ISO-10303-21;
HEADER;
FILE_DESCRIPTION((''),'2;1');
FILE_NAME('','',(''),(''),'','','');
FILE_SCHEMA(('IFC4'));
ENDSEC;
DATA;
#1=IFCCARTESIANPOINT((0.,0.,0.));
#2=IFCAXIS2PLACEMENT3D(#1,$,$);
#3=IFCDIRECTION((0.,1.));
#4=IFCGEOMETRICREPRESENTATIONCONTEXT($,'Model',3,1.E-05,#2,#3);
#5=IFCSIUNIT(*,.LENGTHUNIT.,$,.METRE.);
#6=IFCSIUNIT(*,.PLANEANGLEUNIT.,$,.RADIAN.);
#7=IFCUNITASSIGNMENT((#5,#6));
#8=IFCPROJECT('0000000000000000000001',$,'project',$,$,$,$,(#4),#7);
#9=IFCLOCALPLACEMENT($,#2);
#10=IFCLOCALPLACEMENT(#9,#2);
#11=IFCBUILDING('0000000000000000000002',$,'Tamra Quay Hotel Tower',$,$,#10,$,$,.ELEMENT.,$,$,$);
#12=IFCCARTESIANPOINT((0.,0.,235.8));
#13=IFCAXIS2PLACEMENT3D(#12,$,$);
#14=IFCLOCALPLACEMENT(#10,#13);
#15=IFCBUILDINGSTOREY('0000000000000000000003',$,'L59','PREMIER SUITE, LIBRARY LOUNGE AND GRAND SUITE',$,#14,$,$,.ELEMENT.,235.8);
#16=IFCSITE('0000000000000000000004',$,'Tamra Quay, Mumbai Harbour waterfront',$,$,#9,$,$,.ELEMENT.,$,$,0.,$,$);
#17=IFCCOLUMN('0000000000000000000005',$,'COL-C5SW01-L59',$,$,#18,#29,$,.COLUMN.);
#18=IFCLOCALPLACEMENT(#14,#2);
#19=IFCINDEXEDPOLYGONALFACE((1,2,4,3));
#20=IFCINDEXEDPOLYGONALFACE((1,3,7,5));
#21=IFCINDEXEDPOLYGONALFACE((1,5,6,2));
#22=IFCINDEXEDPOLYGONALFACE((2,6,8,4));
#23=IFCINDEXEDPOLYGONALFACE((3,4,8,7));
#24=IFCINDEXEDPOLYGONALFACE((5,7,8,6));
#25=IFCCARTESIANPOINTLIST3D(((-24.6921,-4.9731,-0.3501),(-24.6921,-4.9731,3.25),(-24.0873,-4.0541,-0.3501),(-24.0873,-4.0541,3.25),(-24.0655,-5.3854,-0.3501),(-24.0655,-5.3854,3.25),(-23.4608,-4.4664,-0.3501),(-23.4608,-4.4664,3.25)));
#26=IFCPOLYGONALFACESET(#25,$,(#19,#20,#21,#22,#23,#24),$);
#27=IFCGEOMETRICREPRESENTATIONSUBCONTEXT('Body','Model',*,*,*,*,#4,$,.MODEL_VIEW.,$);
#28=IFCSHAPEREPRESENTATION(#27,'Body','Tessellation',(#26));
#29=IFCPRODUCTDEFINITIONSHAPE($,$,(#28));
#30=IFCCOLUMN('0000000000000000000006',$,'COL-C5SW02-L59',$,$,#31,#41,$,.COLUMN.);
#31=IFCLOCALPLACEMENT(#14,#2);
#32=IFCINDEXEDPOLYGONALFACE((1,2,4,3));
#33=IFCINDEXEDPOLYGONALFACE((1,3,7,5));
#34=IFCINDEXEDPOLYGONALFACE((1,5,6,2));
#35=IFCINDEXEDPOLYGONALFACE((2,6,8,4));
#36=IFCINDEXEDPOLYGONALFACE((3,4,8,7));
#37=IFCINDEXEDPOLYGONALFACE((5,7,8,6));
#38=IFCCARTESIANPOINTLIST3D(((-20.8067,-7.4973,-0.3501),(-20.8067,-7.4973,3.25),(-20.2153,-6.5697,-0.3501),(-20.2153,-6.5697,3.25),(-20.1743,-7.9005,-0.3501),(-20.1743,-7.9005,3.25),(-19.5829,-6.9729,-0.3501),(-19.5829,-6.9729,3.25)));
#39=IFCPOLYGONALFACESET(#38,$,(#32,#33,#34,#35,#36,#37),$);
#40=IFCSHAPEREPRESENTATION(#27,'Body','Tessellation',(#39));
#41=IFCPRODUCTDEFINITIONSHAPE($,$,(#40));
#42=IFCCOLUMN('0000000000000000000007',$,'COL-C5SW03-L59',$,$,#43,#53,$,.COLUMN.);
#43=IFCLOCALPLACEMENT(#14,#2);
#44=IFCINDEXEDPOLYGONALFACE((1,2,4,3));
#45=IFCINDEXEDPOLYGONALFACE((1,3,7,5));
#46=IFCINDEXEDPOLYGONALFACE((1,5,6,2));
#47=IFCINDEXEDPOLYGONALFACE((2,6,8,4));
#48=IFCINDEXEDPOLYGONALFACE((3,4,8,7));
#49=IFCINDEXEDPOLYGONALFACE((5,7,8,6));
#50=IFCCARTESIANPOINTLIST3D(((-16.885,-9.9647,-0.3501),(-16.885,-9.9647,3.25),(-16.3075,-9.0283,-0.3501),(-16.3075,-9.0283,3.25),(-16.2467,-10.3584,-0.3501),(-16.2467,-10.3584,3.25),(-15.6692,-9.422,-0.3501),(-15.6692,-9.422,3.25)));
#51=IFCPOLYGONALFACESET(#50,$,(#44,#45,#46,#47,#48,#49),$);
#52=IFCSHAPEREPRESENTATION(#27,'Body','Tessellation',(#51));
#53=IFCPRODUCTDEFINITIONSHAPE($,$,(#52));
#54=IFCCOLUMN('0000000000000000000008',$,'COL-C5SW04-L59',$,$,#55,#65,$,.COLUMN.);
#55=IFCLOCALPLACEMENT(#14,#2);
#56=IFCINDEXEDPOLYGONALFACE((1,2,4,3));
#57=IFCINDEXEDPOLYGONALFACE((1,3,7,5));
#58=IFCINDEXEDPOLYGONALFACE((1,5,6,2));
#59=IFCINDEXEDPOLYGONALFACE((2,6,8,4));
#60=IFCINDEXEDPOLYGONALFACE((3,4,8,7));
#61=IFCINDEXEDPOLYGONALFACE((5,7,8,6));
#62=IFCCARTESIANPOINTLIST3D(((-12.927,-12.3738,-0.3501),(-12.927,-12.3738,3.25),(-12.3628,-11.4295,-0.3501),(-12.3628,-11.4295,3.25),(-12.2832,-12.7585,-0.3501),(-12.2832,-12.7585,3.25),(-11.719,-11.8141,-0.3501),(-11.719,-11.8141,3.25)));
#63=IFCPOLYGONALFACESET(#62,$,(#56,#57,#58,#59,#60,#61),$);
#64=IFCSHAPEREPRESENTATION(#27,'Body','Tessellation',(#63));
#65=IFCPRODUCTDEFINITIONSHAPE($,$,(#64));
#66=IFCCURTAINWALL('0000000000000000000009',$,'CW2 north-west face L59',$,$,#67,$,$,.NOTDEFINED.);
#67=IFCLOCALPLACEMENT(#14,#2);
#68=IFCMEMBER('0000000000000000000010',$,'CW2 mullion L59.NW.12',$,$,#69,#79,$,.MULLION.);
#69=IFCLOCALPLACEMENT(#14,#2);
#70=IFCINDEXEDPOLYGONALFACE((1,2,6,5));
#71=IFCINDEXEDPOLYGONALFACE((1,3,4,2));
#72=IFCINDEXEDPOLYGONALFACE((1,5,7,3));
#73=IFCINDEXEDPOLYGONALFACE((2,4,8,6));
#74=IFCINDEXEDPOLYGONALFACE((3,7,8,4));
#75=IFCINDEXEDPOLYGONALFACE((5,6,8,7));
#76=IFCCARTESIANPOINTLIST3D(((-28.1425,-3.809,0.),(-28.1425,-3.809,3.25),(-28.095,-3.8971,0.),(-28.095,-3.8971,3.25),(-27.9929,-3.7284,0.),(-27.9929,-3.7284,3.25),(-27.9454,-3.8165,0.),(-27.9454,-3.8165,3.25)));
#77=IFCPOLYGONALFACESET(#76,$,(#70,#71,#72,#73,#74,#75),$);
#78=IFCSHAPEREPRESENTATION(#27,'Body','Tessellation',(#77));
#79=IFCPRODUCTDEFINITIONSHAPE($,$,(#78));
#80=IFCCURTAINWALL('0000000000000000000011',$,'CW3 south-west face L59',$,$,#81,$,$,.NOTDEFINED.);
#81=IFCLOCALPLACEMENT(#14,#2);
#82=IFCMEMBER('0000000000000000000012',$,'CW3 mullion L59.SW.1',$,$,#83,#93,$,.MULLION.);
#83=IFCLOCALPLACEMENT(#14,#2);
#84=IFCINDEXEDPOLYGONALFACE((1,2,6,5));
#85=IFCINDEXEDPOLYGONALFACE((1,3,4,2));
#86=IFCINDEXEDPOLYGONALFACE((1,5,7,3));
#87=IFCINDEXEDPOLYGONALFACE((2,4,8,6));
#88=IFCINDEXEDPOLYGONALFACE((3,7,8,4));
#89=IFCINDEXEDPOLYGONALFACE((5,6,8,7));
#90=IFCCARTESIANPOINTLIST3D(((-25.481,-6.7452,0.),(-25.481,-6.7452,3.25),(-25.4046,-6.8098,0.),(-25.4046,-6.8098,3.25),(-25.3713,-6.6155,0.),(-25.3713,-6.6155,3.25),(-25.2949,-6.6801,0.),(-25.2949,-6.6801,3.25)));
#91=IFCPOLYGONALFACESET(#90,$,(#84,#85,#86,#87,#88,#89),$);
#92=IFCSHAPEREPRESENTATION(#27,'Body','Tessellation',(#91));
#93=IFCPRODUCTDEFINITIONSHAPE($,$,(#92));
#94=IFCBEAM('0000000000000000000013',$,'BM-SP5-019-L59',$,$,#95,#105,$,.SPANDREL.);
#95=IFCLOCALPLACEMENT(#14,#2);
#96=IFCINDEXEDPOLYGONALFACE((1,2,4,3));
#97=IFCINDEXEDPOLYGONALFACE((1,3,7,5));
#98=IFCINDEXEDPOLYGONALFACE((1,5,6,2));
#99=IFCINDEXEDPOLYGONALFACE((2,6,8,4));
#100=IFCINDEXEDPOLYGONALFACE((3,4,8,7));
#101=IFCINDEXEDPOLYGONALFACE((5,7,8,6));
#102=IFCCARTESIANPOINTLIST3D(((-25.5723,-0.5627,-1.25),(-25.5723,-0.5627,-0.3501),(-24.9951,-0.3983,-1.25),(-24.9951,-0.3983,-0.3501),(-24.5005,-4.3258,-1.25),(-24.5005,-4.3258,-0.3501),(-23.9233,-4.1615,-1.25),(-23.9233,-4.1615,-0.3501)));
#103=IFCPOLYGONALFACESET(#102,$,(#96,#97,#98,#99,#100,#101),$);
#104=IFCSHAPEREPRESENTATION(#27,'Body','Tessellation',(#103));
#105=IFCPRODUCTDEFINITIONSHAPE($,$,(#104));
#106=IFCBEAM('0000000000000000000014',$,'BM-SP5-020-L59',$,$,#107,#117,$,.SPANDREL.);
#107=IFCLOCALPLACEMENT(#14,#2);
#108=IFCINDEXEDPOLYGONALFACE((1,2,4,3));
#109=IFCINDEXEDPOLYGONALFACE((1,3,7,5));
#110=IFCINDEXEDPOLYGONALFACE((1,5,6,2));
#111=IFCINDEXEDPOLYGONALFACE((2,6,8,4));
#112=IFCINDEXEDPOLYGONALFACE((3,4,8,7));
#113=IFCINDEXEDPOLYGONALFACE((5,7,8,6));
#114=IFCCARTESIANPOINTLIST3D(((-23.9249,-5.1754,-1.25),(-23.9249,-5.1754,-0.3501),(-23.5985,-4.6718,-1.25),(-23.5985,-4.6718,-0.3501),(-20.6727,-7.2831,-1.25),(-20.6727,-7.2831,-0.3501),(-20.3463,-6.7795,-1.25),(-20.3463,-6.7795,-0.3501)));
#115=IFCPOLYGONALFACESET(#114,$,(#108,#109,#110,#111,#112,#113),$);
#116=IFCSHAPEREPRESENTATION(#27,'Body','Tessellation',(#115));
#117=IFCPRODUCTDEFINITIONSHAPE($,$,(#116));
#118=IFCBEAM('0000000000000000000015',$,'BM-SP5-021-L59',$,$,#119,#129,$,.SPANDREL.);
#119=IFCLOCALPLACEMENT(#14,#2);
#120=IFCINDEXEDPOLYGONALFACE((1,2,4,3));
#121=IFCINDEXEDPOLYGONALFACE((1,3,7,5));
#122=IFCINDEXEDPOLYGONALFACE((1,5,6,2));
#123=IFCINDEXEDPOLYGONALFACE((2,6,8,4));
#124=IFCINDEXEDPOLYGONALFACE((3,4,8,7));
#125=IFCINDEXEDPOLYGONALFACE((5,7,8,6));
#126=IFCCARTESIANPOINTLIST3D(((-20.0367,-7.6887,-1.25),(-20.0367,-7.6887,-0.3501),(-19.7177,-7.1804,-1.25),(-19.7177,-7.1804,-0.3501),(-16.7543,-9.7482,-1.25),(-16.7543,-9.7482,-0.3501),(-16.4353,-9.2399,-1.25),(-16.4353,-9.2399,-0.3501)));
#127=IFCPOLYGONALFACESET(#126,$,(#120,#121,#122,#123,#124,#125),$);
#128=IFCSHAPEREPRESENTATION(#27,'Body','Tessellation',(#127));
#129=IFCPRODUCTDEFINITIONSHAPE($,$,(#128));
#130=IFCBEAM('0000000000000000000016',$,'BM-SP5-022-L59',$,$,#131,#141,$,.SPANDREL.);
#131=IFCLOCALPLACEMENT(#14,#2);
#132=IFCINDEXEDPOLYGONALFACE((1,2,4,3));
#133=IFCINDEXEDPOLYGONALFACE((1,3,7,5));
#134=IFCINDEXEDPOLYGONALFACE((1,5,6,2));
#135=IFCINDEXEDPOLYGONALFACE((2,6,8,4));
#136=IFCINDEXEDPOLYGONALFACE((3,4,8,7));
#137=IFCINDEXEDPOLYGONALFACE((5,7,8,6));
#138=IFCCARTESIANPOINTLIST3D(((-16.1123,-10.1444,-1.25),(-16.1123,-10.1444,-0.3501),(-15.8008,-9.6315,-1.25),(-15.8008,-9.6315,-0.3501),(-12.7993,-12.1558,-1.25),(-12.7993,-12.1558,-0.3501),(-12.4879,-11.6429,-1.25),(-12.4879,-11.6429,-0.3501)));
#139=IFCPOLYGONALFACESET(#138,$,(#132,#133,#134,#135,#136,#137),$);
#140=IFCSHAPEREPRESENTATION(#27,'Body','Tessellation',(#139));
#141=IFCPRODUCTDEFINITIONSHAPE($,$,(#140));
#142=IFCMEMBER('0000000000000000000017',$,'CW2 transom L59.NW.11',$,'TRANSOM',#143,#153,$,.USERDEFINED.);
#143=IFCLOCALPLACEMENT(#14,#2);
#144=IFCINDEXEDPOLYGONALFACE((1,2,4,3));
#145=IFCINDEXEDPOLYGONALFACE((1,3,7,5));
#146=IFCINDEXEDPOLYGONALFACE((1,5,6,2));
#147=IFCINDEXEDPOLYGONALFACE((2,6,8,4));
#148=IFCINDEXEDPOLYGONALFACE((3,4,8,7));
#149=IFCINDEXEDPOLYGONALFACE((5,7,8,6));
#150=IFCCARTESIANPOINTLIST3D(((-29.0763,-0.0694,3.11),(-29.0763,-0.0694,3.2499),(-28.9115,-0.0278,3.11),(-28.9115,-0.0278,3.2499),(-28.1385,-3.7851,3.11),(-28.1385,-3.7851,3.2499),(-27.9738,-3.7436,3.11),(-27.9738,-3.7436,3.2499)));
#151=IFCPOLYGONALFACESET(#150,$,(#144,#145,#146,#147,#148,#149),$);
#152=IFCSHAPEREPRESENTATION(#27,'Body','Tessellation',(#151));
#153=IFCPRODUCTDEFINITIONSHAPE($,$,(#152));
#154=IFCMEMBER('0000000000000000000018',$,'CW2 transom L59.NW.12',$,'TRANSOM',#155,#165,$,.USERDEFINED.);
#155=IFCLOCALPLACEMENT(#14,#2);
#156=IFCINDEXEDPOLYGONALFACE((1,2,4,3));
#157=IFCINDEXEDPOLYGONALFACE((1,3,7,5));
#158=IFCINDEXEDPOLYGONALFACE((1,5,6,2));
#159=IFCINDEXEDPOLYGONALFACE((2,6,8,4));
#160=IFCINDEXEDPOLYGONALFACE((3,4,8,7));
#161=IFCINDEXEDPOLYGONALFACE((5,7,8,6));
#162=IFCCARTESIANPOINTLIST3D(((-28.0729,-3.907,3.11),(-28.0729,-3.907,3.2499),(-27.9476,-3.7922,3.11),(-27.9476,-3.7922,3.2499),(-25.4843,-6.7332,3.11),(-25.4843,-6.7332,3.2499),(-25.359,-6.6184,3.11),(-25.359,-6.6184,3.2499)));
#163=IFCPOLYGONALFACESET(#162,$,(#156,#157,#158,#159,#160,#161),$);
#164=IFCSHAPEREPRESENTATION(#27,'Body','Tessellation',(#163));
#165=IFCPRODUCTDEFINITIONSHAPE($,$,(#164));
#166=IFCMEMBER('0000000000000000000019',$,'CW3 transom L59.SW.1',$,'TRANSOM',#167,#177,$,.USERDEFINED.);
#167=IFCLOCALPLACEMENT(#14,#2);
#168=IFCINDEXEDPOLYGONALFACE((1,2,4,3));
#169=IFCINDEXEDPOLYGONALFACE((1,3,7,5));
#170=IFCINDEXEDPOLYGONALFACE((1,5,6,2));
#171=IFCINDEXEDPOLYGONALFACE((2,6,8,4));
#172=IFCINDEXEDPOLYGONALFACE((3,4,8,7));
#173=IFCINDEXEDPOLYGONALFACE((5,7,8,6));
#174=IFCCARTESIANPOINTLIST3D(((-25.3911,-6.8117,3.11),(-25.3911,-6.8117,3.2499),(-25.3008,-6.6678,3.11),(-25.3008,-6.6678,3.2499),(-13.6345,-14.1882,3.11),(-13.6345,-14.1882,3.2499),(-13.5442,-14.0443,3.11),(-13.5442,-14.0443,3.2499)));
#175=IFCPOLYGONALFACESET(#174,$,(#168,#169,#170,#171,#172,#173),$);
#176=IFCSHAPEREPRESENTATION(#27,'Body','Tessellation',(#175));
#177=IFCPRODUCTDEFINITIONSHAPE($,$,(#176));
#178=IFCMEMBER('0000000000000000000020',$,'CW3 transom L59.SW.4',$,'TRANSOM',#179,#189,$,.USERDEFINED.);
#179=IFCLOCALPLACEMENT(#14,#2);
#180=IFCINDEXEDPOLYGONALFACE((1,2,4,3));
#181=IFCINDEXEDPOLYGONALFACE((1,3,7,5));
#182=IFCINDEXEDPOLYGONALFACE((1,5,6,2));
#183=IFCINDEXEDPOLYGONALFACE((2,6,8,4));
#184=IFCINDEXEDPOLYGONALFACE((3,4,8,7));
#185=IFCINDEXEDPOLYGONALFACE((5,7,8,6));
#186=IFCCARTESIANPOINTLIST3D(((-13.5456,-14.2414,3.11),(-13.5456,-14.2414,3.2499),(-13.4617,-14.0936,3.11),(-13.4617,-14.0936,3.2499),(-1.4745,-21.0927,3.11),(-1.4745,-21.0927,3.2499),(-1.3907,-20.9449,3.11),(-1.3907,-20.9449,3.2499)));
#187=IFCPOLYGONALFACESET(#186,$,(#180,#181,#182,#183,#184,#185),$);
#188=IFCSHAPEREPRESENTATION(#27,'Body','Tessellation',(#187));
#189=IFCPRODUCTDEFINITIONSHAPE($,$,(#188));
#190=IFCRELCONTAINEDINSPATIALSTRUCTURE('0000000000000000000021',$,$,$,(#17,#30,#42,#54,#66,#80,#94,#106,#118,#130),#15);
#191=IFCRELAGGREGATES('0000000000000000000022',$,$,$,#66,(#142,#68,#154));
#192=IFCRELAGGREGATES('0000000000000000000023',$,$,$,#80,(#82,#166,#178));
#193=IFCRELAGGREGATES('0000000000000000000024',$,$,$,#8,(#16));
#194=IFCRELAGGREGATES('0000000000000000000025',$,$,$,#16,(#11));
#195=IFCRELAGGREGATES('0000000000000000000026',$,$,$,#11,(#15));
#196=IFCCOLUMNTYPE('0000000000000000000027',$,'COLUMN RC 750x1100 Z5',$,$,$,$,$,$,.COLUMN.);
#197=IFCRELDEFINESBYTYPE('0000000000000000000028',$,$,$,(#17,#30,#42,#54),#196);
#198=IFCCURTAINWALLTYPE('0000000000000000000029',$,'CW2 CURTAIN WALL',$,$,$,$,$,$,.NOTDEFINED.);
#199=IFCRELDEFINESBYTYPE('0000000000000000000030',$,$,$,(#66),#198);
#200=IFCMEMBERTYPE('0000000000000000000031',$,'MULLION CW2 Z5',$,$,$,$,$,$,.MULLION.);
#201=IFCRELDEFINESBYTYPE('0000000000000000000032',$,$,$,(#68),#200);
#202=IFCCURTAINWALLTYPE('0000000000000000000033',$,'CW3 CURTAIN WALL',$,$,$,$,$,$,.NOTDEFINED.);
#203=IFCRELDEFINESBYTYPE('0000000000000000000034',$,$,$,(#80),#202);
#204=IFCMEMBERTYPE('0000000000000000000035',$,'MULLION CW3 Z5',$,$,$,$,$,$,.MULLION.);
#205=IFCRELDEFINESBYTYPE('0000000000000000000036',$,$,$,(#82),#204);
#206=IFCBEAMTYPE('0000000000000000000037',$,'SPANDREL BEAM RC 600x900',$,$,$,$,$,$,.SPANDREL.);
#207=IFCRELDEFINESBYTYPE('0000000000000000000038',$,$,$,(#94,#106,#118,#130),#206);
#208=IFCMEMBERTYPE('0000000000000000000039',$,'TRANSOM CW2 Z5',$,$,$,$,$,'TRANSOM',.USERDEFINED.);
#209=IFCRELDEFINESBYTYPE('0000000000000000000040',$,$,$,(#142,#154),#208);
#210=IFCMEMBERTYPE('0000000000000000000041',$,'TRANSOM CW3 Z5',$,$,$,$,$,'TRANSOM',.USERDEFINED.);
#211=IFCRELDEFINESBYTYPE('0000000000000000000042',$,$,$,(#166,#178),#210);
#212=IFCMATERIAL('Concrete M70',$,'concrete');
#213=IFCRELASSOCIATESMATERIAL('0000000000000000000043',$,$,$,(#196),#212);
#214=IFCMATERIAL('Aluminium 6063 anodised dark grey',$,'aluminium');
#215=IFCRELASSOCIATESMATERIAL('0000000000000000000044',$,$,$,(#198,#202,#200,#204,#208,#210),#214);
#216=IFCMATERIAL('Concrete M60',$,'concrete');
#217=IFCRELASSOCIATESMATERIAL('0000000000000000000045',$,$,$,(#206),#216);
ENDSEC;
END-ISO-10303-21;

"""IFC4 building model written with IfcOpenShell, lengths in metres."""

from ifc_helpers import new_model, si_unit, direction, frame, origin, origin_2d, place, context, subcontext, project, spatial, rectangle, extrude, material, material_profile, profile_set, type_object, element, aggregate, save


model = new_model("IFC4")

# Units and contexts
model_context = context("Model", 3, precision=1e-05, world=origin(), true_north=direction((0.0, 1.0)))
body_context = subcontext(model_context, "Body", "Model", "MODEL_VIEW")
ifc_project = project(units=[si_unit("LENGTHUNIT", "METRE"), si_unit("PLANEANGLEUNIT", "RADIAN")], contexts=[model_context])

# Site, building, storey
site_placement = place(None, origin())
site = spatial("IfcSite", under=ifc_project, at=site_placement, Name="Tamra Quay, Mumbai Harbour waterfront", CompositionType="ELEMENT", RefElevation=0.0)
building_placement = place(site_placement, origin())
building = spatial("IfcBuilding", under=site, at=building_placement, Name="Tamra Quay Hotel Tower", CompositionType="ELEMENT")
storey_placement = place(building_placement, frame((0.0, 0.0, 235.8)))
storey = spatial("IfcBuildingStorey", under=building, at=storey_placement, Name="L59", Description="PREMIER SUITE, LIBRARY LOUNGE AND GRAND SUITE", CompositionType="ELEMENT", Elevation=235.8)

# Columns
ifc_material_1 = material(Name="Concrete M70", Category="concrete")
ifc_material_profile_1 = material_profile(ifc_material_1, rectangle(XDim=1.1001, YDim=0.75, at=origin_2d()), Name="COLUMN RC 750x1100 Z5")
ifc_profile_set_1 = profile_set([ifc_material_profile_1], Name="Concrete M70")
column_type = type_object("IfcColumnType", Name="COLUMN RC 750x1100 Z5", PredefinedType="COLUMN", material=ifc_profile_set_1)
for number, where, z_axis, x_axis, name in (
    (1, (-24.0764, -4.7197, -0.3501), (0.0, 0.0, 1.0), (0.549739, 0.835337, 0.0), "COL-C5SW01-L59"),
    (2, (-20.1948, -7.2351, -0.3501), (0.0, 0.0, 1.0), (0.537585, 0.843209, 0.0), "COL-C5SW02-L59"),
    (3, (-16.2771, -9.6934, -0.3501), (0.0, 0.0, 1.0), (0.524928, 0.851147, 0.0), "COL-C5SW03-L59"),
    (4, (-12.323, -12.094, -0.3501), (0.0, 0.0, 1.0), (0.512899, 0.858449, 0.0), "COL-C5SW04-L59"),
):
    element("IfcColumn", number, at=place(storey_placement, frame(where, z_axis=z_axis, x_axis=x_axis)), inside=storey, type_object=column_type, Name=name, PredefinedType="COLUMN", context=body_context, shape_type="SweptSolid", body=[
        extrude(rectangle(XDim=1.1001, YDim=0.75, at=origin_2d()), origin(), (0.0, 0.0, 1.0), 3.6001),
    ])

# Curtain walls, members
ifc_material_2 = material(Name="Aluminium 6063 anodised dark grey", Category="aluminium")
curtain_wall_type_1 = type_object("IfcCurtainWallType", Name="CW2 CURTAIN WALL", PredefinedType="NOTDEFINED", material=ifc_material_2)
curtain_wall_1_placement = place(storey_placement, origin())
curtain_wall_1 = element("IfcCurtainWall", 5, at=curtain_wall_1_placement, inside=storey, type_object=curtain_wall_type_1, Name="CW2 north-west face L59", PredefinedType="NOTDEFINED")
ifc_material_profile_2 = material_profile(ifc_material_2, rectangle(XDim=0.1699, YDim=0.1001, at=origin_2d()), Name="MULLION 100X170")
ifc_profile_set_2 = profile_set([ifc_material_profile_2], Name="Aluminium 6063 anodised dark grey")
member_type_1 = type_object("IfcMemberType", Name="MULLION CW2 Z5", PredefinedType="MULLION", material=ifc_profile_set_2)
member_1_placement = place(storey_placement, frame((-28.0439, -3.8127, 0.0), z_axis=(0.0, 0.0, 1.0), x_axis=(-0.880267, -0.474479, 0.0)))
member_1 = element("IfcMember", 6, at=member_1_placement, type_object=member_type_1, Name="CW2 mullion L59.NW.12", PredefinedType="MULLION", context=body_context, shape_type="SweptSolid", body=[
    extrude(rectangle(XDim=0.1699, YDim=0.1001, at=origin_2d()), origin(), (0.0, 0.0, 1.0), 3.25),
])
curtain_wall_type_2 = type_object("IfcCurtainWallType", Name="CW3 CURTAIN WALL", PredefinedType="NOTDEFINED", material=ifc_material_2)
curtain_wall_2_placement = place(storey_placement, origin())
curtain_wall_2 = element("IfcCurtainWall", 7, at=curtain_wall_2_placement, inside=storey, type_object=curtain_wall_type_2, Name="CW3 south-west face L59", PredefinedType="NOTDEFINED")
ifc_material_profile_3 = material_profile(ifc_material_2, rectangle(XDim=0.1699, YDim=0.1001, at=origin_2d()), Name="MULLION 100X170")
ifc_profile_set_3 = profile_set([ifc_material_profile_3], Name="Aluminium 6063 anodised dark grey")
member_type_2 = type_object("IfcMemberType", Name="MULLION CW3 Z5", PredefinedType="MULLION", material=ifc_profile_set_3)
member_2_placement = place(storey_placement, frame((-25.3879, -6.7126, 0.0), z_axis=(0.0, 0.0, 1.0), x_axis=(-0.645846, -0.763467, 0.0)))
member_2 = element("IfcMember", 8, at=member_2_placement, type_object=member_type_2, Name="CW3 mullion L59.SW.1", PredefinedType="MULLION", context=body_context, shape_type="SweptSolid", body=[
    extrude(rectangle(XDim=0.1699, YDim=0.1001, at=origin_2d()), origin(), (0.0, 0.0, 1.0), 3.25),
])

# Beams
ifc_material_3 = material(Name="Concrete M60", Category="concrete")
ifc_material_profile_4 = material_profile(ifc_material_3, rectangle(XDim=0.6001, YDim=0.8999, at=origin_2d()), Name="SPANDREL BEAM RC 600x900")
ifc_profile_set_4 = profile_set([ifc_material_profile_4], Name="Concrete M60")
beam_type = type_object("IfcBeamType", Name="SPANDREL BEAM RC 600x900", PredefinedType="SPANDREL", material=ifc_profile_set_4)
beam_1_placement = place(storey_placement, frame((-25.2837, -0.4805, -0.8), z_axis=(0.273913, -0.961754, 0.0), x_axis=(0.961754, 0.273913, 0.0)))
element("IfcBeam", 9, at=beam_1_placement, inside=storey, type_object=beam_type, Name="BM-SP5-019-L59", PredefinedType="SPANDREL", context=body_context, shape_type="SweptSolid", body=[
    extrude(rectangle(XDim=0.6001, YDim=0.8999, at=origin_2d()), origin(), (0.0, 0.0, 1.0), 3.9128),
])
beam_2_placement = place(storey_placement, frame((-23.7617, -4.9236, -0.8), z_axis=(0.839181, -0.543852, 0.0), x_axis=(0.543852, 0.839181, 0.0)))
element("IfcBeam", 10, at=beam_2_placement, inside=storey, type_object=beam_type, Name="BM-SP5-020-L59", PredefinedType="SPANDREL", context=body_context, shape_type="SweptSolid", body=[
    extrude(rectangle(XDim=0.6001, YDim=0.8999, at=origin_2d()), origin(), (0.0, 0.0, 1.0), 3.8755),
])
beam_3_placement = place(storey_placement, frame((-19.8772, -7.4346, -0.8), z_axis=(0.847066, -0.531488, 0.0), x_axis=(0.531488, 0.847066, 0.0)))
element("IfcBeam", 11, at=beam_3_placement, inside=storey, type_object=beam_type, Name="BM-SP5-021-L59", PredefinedType="SPANDREL", context=body_context, shape_type="SweptSolid", body=[
    extrude(rectangle(XDim=0.6001, YDim=0.8999, at=origin_2d()), origin(), (0.0, 0.0, 1.0), 3.875),
])
beam_4_placement = place(storey_placement, frame((-15.9565, -9.8879, -0.8), z_axis=(0.854786, -0.518981, 0.0), x_axis=(0.518981, 0.854786, 0.0)))
element("IfcBeam", 12, at=beam_4_placement, inside=storey, type_object=beam_type, Name="BM-SP5-022-L59", PredefinedType="SPANDREL", context=body_context, shape_type="SweptSolid", body=[
    extrude(rectangle(XDim=0.6001, YDim=0.8999, at=origin_2d()), origin(), (0.0, 0.0, 1.0), 3.8757),
])

# Members
ifc_material_profile_5 = material_profile(ifc_material_2, rectangle(XDim=0.1699, YDim=0.1399, at=origin_2d()), Name="TRANSOM 170X140")
ifc_profile_set_5 = profile_set([ifc_material_profile_5], Name="Aluminium 6063 anodised dark grey")
member_type_3 = type_object("IfcMemberType", Name="TRANSOM CW2 Z5", ElementType="TRANSOM", PredefinedType="USERDEFINED", material=ifc_profile_set_5)
member_3_placement = place(storey_placement, frame((-28.9939, -0.0486, 3.1799), z_axis=(0.244694, -0.9696, 0.0), x_axis=(0.9696, 0.244694, 0.0)))
member_3 = element("IfcMember", 13, at=member_3_placement, type_object=member_type_3, Name="CW2 transom L59.NW.11", ObjectType="TRANSOM", PredefinedType="USERDEFINED", context=body_context, shape_type="SweptSolid", body=[
    extrude(rectangle(XDim=0.1699, YDim=0.1399, at=origin_2d()), origin(), (0.0, 0.0, 1.0), 3.8323),
])
member_4_placement = place(storey_placement, frame((-28.0103, -3.8496, 3.1799), z_axis=(0.675436, -0.737419, 0.0), x_axis=(0.737419, 0.675436, 0.0)))
member_4 = element("IfcMember", 14, at=member_4_placement, type_object=member_type_3, Name="CW2 transom L59.NW.12", ObjectType="TRANSOM", PredefinedType="USERDEFINED", context=body_context, shape_type="SweptSolid", body=[
    extrude(rectangle(XDim=0.1699, YDim=0.1399, at=origin_2d()), origin(), (0.0, 0.0, 1.0), 3.8325),
])
ifc_material_profile_6 = material_profile(ifc_material_2, rectangle(XDim=0.1699, YDim=0.1399, at=origin_2d()), Name="TRANSOM 170X140")
ifc_profile_set_6 = profile_set([ifc_material_profile_6], Name="Aluminium 6063 anodised dark grey")
member_type_4 = type_object("IfcMemberType", Name="TRANSOM CW3 Z5", ElementType="TRANSOM", PredefinedType="USERDEFINED", material=ifc_profile_set_6)
member_5_placement = place(storey_placement, frame((-25.3459, -6.7397, 3.1799), z_axis=(0.847071, -0.53148, 0.0), x_axis=(0.53148, 0.847071, 0.0)))
member_5 = element("IfcMember", 15, at=member_5_placement, type_object=member_type_4, Name="CW3 transom L59.SW.1", ObjectType="TRANSOM", PredefinedType="USERDEFINED", context=body_context, shape_type="SweptSolid", body=[
    extrude(rectangle(XDim=0.1699, YDim=0.1399, at=origin_2d()), origin(), (0.0, 0.0, 1.0), 13.8792),
])
member_6_placement = place(storey_placement, frame((-13.5037, -14.1675, 3.1799), z_axis=(0.86968, -0.493616, 0.0), x_axis=(0.493616, 0.86968, 0.0)))
member_6 = element("IfcMember", 16, at=member_6_placement, type_object=member_type_4, Name="CW3 transom L59.SW.4", ObjectType="TRANSOM", PredefinedType="USERDEFINED", context=body_context, shape_type="SweptSolid", body=[
    extrude(rectangle(XDim=0.1699, YDim=0.1399, at=origin_2d()), origin(), (0.0, 0.0, 1.0), 13.8799),
])

aggregate(curtain_wall_1, [member_3, member_1, member_4])
aggregate(curtain_wall_2, [member_2, member_5, member_6])

save(model, "model.ifc")
